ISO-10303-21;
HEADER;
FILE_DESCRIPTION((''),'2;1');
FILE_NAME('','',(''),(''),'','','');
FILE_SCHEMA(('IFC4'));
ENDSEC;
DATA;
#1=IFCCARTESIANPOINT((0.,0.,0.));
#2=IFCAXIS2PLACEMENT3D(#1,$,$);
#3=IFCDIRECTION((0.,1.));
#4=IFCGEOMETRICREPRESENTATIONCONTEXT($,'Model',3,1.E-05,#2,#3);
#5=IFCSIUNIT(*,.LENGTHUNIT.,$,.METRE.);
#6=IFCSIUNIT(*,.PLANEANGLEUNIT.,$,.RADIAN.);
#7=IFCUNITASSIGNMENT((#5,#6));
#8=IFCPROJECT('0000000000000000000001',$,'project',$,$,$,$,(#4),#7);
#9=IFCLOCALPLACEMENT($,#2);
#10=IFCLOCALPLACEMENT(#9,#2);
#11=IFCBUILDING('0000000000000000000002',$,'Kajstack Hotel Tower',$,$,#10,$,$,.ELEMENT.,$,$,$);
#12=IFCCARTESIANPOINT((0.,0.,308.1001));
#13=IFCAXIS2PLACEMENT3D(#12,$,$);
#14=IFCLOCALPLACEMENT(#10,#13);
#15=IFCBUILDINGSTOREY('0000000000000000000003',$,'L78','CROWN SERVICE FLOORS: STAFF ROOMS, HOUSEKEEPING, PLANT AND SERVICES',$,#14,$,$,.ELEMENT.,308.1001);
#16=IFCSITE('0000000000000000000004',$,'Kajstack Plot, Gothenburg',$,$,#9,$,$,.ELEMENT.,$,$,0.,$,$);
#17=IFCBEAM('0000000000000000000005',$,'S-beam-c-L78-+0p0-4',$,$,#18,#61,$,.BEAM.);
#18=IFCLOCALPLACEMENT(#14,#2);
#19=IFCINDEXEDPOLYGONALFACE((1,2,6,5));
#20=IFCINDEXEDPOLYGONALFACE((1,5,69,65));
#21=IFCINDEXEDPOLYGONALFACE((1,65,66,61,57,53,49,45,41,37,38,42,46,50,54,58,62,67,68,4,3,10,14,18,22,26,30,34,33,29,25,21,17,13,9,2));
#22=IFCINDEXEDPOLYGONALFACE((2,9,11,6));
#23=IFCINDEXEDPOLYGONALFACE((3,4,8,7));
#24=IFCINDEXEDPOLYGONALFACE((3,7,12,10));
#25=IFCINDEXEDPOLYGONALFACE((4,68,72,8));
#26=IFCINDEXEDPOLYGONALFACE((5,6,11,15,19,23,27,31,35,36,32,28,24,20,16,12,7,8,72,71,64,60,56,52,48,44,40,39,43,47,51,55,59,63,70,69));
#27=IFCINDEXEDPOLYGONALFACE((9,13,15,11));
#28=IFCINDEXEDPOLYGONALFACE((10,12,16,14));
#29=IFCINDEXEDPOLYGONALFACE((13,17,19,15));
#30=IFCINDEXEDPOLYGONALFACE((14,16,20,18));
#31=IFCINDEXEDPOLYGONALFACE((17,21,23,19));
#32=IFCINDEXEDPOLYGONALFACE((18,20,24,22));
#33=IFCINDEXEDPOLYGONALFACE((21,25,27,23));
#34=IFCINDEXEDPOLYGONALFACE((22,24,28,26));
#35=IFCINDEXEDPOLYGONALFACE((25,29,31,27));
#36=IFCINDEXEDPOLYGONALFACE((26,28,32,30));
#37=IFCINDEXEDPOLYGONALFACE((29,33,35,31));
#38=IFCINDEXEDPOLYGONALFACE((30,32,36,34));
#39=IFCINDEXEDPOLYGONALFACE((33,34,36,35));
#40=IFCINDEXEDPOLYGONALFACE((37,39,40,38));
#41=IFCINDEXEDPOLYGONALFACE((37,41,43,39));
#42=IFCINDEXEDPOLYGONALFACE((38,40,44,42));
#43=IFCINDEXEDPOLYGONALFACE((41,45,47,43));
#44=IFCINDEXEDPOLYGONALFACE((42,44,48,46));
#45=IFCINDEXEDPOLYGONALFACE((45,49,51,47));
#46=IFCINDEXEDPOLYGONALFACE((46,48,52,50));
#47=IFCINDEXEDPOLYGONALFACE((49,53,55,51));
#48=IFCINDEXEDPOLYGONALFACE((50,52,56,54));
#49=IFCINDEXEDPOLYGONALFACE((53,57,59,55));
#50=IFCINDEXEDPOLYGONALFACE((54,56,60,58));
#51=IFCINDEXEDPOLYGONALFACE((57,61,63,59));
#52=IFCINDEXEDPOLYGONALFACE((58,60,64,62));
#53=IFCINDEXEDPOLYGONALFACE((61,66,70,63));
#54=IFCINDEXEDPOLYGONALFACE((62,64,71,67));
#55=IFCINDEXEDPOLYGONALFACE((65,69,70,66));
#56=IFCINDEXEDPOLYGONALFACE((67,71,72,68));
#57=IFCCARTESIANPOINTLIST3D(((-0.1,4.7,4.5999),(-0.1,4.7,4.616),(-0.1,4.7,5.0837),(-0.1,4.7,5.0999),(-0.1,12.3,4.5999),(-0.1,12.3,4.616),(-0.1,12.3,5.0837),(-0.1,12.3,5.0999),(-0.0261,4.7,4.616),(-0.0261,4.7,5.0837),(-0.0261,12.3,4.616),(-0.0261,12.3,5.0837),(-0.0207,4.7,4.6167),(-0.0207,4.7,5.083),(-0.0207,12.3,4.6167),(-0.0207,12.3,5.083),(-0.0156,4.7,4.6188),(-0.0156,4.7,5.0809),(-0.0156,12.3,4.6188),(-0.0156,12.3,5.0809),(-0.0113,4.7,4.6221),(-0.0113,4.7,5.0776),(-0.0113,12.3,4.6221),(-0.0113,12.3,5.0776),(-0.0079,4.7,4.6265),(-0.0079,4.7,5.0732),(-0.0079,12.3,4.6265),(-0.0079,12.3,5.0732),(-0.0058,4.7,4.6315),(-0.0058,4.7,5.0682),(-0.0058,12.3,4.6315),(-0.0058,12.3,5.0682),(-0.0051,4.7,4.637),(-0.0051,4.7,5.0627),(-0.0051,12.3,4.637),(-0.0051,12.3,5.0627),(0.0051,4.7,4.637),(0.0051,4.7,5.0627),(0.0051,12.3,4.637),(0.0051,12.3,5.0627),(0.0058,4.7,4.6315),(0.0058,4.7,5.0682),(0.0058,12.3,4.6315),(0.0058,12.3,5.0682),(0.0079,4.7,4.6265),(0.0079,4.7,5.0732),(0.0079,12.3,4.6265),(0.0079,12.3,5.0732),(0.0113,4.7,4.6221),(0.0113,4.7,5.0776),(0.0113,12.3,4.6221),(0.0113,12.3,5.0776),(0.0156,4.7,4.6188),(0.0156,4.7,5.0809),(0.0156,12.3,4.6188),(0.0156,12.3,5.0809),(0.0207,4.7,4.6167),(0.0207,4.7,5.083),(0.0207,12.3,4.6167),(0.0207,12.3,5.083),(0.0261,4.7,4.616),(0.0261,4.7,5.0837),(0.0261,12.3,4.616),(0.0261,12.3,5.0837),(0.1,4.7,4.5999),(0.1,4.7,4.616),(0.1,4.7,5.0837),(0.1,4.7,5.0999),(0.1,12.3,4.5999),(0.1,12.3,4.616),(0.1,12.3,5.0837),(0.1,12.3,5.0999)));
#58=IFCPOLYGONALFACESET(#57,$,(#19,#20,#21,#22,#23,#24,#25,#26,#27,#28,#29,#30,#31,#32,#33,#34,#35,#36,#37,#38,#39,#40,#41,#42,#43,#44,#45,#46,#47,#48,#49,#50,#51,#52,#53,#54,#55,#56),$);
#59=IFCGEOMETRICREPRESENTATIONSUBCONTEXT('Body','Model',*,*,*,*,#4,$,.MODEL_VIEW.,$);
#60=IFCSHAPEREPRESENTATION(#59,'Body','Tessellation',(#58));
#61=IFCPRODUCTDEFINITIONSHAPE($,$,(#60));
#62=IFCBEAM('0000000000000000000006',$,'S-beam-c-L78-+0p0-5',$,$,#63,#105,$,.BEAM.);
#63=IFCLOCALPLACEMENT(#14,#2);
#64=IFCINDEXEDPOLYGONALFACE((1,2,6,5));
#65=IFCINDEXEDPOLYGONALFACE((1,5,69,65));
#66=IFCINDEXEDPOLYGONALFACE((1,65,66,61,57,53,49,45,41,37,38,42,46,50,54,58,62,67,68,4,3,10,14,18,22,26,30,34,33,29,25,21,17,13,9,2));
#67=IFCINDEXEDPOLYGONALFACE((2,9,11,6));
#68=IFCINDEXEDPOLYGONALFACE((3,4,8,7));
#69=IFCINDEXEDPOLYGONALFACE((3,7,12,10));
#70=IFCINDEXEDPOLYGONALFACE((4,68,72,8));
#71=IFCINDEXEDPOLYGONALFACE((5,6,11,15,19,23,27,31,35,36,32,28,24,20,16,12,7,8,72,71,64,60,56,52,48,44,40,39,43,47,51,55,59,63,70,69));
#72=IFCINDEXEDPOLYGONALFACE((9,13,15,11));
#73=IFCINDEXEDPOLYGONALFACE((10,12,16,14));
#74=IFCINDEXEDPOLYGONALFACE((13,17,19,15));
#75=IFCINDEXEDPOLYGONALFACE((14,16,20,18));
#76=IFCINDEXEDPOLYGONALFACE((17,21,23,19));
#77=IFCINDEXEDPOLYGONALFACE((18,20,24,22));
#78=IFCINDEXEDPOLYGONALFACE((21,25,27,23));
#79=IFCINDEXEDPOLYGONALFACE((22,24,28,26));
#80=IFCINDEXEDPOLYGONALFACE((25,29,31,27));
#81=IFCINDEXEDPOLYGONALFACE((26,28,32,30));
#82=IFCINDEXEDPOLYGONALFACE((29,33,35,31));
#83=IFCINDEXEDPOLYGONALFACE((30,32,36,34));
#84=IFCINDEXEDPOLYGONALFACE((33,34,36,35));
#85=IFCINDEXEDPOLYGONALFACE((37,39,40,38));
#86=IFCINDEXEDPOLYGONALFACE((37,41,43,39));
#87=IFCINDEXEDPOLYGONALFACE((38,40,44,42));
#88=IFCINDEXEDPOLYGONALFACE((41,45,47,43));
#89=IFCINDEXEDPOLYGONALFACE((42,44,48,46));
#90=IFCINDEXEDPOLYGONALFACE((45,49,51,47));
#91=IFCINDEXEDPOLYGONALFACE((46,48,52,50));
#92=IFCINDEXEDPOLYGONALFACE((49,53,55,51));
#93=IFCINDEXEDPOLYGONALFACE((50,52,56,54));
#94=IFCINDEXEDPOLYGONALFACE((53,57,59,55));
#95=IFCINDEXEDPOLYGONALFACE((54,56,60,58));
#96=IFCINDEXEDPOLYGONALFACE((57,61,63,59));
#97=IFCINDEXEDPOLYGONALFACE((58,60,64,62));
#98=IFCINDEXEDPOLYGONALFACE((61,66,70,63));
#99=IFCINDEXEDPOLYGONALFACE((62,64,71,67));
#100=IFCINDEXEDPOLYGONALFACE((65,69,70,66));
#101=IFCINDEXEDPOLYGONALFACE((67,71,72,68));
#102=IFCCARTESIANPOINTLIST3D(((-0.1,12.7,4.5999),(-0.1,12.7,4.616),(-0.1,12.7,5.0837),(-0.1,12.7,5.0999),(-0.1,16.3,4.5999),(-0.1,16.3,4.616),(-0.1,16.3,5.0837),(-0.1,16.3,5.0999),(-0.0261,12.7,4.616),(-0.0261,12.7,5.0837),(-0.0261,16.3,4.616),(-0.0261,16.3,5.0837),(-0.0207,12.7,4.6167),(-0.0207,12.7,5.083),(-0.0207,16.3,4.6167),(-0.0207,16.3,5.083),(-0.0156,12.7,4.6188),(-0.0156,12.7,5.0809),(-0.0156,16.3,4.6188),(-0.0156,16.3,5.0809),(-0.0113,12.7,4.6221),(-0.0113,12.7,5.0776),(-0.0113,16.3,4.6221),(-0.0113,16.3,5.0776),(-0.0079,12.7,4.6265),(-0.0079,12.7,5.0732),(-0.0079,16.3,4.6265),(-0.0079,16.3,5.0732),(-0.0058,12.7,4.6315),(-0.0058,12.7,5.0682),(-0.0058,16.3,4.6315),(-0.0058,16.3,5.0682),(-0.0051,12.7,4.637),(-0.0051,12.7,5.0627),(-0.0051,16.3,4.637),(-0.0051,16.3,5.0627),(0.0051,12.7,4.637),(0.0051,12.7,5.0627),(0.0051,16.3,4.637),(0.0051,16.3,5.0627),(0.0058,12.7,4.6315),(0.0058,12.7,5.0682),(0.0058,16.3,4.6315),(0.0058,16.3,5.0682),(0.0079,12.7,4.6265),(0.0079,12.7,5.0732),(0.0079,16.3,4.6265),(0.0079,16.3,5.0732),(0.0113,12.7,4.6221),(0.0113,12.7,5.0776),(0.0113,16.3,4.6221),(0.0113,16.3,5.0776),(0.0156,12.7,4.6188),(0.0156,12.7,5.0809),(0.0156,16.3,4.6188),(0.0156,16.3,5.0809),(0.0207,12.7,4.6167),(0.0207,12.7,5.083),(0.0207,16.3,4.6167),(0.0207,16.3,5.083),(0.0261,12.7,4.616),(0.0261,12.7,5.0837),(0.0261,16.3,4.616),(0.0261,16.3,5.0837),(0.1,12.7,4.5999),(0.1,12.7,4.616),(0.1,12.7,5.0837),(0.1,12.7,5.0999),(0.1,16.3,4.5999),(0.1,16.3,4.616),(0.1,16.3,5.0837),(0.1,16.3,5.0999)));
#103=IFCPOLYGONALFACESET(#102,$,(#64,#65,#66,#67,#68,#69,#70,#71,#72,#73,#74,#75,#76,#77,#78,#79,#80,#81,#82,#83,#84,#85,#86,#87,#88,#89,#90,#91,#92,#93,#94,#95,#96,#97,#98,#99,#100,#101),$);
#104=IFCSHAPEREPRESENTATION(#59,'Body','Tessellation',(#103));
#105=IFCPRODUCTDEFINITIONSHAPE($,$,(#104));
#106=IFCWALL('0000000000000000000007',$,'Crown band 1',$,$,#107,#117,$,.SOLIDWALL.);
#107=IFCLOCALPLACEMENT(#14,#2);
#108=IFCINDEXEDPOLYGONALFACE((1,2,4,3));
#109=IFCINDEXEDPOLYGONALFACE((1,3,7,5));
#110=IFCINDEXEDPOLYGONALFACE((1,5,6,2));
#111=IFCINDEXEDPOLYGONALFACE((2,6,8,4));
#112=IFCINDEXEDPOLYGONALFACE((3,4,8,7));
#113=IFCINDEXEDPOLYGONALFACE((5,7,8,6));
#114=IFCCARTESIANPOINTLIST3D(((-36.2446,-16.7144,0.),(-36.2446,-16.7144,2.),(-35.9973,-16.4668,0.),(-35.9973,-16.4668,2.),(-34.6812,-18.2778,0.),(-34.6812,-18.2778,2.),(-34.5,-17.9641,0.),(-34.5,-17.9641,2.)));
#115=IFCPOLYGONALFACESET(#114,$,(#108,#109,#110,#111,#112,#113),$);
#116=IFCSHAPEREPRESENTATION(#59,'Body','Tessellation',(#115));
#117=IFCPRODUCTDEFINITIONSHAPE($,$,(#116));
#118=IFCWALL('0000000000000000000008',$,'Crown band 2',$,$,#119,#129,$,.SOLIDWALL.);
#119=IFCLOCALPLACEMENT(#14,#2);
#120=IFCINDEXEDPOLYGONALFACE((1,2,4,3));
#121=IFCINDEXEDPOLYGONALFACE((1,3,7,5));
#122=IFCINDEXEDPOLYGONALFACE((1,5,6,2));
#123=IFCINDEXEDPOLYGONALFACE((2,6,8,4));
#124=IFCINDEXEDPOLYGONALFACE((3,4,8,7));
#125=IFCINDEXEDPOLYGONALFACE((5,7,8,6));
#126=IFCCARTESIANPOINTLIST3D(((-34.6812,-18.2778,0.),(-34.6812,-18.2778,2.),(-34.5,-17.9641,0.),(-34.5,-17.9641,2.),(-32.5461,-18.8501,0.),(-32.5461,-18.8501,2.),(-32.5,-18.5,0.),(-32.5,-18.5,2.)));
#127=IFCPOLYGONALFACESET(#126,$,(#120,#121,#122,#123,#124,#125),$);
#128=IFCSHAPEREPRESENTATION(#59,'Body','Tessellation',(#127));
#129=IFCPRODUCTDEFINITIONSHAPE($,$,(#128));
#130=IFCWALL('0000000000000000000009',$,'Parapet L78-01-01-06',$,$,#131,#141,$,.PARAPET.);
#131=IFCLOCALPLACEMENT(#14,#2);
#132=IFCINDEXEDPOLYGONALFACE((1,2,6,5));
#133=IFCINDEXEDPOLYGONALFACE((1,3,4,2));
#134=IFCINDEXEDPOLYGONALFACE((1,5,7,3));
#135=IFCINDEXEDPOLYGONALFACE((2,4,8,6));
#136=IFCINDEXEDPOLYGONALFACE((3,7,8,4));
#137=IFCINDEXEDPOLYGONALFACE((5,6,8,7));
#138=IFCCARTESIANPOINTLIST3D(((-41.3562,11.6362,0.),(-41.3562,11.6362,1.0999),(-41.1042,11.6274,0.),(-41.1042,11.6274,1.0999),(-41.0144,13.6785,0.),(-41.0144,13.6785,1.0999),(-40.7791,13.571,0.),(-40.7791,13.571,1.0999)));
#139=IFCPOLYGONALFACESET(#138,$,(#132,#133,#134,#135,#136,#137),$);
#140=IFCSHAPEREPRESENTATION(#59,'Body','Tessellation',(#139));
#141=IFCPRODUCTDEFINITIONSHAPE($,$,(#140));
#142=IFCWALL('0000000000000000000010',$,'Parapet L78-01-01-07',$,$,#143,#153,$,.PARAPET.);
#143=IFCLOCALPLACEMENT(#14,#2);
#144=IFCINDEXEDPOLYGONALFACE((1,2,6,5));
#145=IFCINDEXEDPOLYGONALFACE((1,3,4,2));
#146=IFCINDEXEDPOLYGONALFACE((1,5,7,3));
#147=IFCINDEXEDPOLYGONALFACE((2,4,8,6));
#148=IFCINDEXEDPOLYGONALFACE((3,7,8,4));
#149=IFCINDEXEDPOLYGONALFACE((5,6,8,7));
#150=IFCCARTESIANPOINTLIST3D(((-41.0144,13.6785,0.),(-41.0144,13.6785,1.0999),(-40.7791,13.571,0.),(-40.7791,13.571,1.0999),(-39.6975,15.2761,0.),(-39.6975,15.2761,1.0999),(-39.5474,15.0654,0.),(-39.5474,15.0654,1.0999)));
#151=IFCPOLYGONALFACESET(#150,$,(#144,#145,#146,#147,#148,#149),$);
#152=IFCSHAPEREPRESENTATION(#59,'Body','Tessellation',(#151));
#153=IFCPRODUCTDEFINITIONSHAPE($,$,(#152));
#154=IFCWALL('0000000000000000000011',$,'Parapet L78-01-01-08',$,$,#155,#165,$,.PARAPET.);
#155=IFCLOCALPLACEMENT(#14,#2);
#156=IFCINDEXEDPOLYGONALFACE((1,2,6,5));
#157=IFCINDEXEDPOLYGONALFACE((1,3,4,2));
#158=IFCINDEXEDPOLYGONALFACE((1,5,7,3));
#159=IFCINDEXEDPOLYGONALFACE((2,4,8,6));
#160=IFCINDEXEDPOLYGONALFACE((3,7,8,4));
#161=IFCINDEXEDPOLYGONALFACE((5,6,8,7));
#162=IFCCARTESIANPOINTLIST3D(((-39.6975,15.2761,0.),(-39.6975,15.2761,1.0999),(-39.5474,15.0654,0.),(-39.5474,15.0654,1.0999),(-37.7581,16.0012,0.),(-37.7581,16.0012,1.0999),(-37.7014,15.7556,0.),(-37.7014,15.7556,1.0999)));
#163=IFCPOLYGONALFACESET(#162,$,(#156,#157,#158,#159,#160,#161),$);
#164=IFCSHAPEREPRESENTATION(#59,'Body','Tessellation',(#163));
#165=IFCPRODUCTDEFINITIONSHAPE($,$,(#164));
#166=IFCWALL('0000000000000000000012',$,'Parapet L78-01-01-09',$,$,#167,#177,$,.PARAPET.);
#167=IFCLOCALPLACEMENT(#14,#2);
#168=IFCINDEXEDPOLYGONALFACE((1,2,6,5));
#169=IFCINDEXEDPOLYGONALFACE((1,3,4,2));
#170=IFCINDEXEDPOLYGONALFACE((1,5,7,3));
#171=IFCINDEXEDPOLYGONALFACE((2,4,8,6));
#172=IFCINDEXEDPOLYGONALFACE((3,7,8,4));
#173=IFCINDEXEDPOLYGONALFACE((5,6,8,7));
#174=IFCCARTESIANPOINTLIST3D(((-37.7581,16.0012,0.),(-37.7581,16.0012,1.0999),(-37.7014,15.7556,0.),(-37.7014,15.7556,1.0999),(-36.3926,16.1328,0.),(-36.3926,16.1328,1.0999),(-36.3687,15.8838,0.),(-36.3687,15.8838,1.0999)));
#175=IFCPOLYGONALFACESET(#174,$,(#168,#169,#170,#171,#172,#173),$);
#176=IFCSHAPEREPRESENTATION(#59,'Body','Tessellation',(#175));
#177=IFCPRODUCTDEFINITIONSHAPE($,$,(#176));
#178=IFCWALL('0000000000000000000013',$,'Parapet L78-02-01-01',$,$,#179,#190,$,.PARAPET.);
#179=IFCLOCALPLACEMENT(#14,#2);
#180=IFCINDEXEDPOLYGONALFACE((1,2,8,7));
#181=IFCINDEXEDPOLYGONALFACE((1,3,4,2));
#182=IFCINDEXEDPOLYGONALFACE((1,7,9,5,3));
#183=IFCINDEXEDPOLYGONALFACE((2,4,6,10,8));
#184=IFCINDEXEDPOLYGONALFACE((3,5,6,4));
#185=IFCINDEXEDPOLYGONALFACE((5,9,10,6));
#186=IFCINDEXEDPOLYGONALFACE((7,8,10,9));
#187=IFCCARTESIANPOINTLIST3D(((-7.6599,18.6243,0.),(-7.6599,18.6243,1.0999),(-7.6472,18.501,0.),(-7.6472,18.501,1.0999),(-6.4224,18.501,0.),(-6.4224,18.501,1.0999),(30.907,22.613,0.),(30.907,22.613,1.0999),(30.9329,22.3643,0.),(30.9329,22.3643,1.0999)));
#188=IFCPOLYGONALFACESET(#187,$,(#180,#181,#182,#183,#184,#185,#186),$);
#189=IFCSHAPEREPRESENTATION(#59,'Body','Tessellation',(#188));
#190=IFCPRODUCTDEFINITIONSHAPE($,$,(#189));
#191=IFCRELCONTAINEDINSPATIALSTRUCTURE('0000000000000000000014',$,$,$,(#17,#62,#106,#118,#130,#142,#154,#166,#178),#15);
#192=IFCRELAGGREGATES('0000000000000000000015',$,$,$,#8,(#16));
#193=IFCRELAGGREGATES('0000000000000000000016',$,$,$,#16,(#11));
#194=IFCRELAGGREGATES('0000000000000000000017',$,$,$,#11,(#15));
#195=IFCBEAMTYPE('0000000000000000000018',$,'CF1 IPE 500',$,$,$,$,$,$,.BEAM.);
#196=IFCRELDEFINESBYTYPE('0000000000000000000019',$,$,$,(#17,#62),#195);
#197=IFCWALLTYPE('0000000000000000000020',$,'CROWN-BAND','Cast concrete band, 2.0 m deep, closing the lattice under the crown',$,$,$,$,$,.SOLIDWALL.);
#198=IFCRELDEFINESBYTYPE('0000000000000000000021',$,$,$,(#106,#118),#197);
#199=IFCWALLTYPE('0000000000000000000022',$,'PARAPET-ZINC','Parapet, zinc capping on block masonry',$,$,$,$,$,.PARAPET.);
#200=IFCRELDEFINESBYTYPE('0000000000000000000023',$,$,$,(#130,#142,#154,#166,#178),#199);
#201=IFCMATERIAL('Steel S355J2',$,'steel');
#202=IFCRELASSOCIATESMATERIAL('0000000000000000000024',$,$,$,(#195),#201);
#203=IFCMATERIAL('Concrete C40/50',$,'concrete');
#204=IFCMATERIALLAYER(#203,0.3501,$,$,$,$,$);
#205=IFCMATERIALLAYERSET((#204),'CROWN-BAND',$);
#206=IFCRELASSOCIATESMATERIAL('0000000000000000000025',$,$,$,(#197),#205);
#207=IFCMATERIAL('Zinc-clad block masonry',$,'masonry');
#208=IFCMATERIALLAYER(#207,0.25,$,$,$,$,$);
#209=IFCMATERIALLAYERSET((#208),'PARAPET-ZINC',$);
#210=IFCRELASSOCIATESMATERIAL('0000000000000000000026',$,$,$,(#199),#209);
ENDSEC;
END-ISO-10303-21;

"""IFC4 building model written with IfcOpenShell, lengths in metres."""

from ifc_helpers import new_model, si_unit, direction, frame, origin, origin_2d, place, context, subcontext, project, spatial, polyline, i_section, outline, extrude, material, layer, layer_set, material_profile, profile_set, type_object, element, save


model = new_model("IFC4")

# Units and contexts
model_context = context("Model", 3, precision=1e-05, world=origin(), true_north=direction((0.0, 1.0)))
body_context = subcontext(model_context, "Body", "Model", "MODEL_VIEW")
ifc_project = project(units=[si_unit("LENGTHUNIT", "METRE"), si_unit("PLANEANGLEUNIT", "RADIAN")], contexts=[model_context])

# Site, building, storey
site_placement = place(None, origin())
site = spatial("IfcSite", under=ifc_project, at=site_placement, Name="Kajstack Plot, Gothenburg", CompositionType="ELEMENT", RefElevation=0.0)
building_placement = place(site_placement, origin())
building = spatial("IfcBuilding", under=site, at=building_placement, Name="Kajstack Hotel Tower", CompositionType="ELEMENT")
storey_placement = place(building_placement, frame((0.0, 0.0, 308.1001)))
storey = spatial("IfcBuildingStorey", under=building, at=storey_placement, Name="L78", Description="CROWN SERVICE FLOORS: STAFF ROOMS, HOUSEKEEPING, PLANT AND SERVICES", CompositionType="ELEMENT", Elevation=308.1001)

# Shared definitions
ifc_material_1 = material(Name="Steel S355J2", Category="steel")

# Beams
ifc_material_profile_1 = material_profile(ifc_material_1, i_section(OverallWidth=0.2, OverallDepth=0.5, WebThickness=0.0103, FlangeThickness=0.0161, FilletRadius=0.021, at=origin_2d()), Name="IPE 500")
ifc_profile_set_1 = profile_set([ifc_material_profile_1], Name="Steel S355J2")
beam_type = type_object("IfcBeamType", Name="CF1 IPE 500", PredefinedType="BEAM", material=ifc_profile_set_1)
beam_1_placement = place(storey_placement, frame((0.0, 4.7, 4.8499), z_axis=(0.0, 1.0, 0.0), x_axis=(-1.0, 0.0, 0.0)))
element("IfcBeam", 1, at=beam_1_placement, inside=storey, type_object=beam_type, Name="S-beam-c-L78-+0p0-4", PredefinedType="BEAM", context=body_context, shape_type="SweptSolid", body=[
    extrude(i_section(OverallWidth=0.2, OverallDepth=0.5, WebThickness=0.0103, FlangeThickness=0.0161, FilletRadius=0.021, at=origin_2d()), origin(), (0.0, 0.0, 1.0), 7.6001),
])
beam_2_placement = place(storey_placement, frame((0.0, 12.7, 4.8499), z_axis=(0.0, 1.0, 0.0), x_axis=(-1.0, 0.0, 0.0)))
element("IfcBeam", 2, at=beam_2_placement, inside=storey, type_object=beam_type, Name="S-beam-c-L78-+0p0-5", PredefinedType="BEAM", context=body_context, shape_type="SweptSolid", body=[
    extrude(i_section(OverallWidth=0.2, OverallDepth=0.5, WebThickness=0.0103, FlangeThickness=0.0161, FilletRadius=0.021, at=origin_2d()), origin(), (0.0, 0.0, 1.0), 3.6001),
])

# Walls
ifc_material_2 = material(Name="Concrete C40/50", Category="concrete")
ifc_layer_1 = layer(ifc_material_2, 0.3501)
ifc_layer_set_1 = layer_set([ifc_layer_1], Name="CROWN-BAND")
wall_type_1 = type_object("IfcWallType", Name="CROWN-BAND", Description="Cast concrete band, 2.0 m deep, closing the lattice under the crown", PredefinedType="SOLIDWALL", material=ifc_layer_set_1)
wall_1_placement = place(storey_placement, origin())
element("IfcWall", 3, at=wall_1_placement, inside=storey, type_object=wall_type_1, Name="Crown band 1", PredefinedType="SOLIDWALL", context=body_context, shape_type="SweptSolid", body=[
    extrude(outline(polyline([(-35.9973, -16.4668), (-36.2446, -16.7144), (-34.6812, -18.2778), (-34.5, -17.9641), (-35.9973, -16.4668)])), origin(), (0.0, 0.0, 1.0), 2.0),
])
wall_2_placement = place(storey_placement, origin())
element("IfcWall", 4, at=wall_2_placement, inside=storey, type_object=wall_type_1, Name="Crown band 2", PredefinedType="SOLIDWALL", context=body_context, shape_type="SweptSolid", body=[
    extrude(outline(polyline([(-34.5, -17.9641), (-34.6812, -18.2778), (-32.5461, -18.8501), (-32.5, -18.5), (-34.5, -17.9641)])), origin(), (0.0, 0.0, 1.0), 2.0),
])
ifc_material_3 = material(Name="Zinc-clad block masonry", Category="masonry")
ifc_layer_2 = layer(ifc_material_3, 0.25)
ifc_layer_set_2 = layer_set([ifc_layer_2], Name="PARAPET-ZINC")
wall_type_2 = type_object("IfcWallType", Name="PARAPET-ZINC", Description="Parapet, zinc capping on block masonry", PredefinedType="PARAPET", material=ifc_layer_set_2)
wall_3_placement = place(storey_placement, origin())
element("IfcWall", 5, at=wall_3_placement, inside=storey, type_object=wall_type_2, Name="Parapet L78-01-01-06", PredefinedType="PARAPET", context=body_context, shape_type="SweptSolid", body=[
    extrude(outline(polyline([(-41.3562, 11.6362), (-41.1042, 11.6274), (-40.7791, 13.571), (-41.0144, 13.6785), (-41.3562, 11.6362)])), origin(), (0.0, 0.0, 1.0), 1.0999),
])
wall_4_placement = place(storey_placement, origin())
element("IfcWall", 6, at=wall_4_placement, inside=storey, type_object=wall_type_2, Name="Parapet L78-01-01-07", PredefinedType="PARAPET", context=body_context, shape_type="SweptSolid", body=[
    extrude(outline(polyline([(-41.0144, 13.6785), (-40.7791, 13.571), (-39.5474, 15.0654), (-39.6975, 15.2761), (-41.0144, 13.6785)])), origin(), (0.0, 0.0, 1.0), 1.0999),
])
wall_5_placement = place(storey_placement, origin())
element("IfcWall", 7, at=wall_5_placement, inside=storey, type_object=wall_type_2, Name="Parapet L78-01-01-08", PredefinedType="PARAPET", context=body_context, shape_type="SweptSolid", body=[
    extrude(outline(polyline([(-39.6975, 15.2761), (-39.5474, 15.0654), (-37.7014, 15.7556), (-37.7581, 16.0012), (-39.6975, 15.2761)])), origin(), (0.0, 0.0, 1.0), 1.0999),
])
wall_6_placement = place(storey_placement, origin())
element("IfcWall", 8, at=wall_6_placement, inside=storey, type_object=wall_type_2, Name="Parapet L78-01-01-09", PredefinedType="PARAPET", context=body_context, shape_type="SweptSolid", body=[
    extrude(outline(polyline([(-37.7581, 16.0012), (-37.7014, 15.7556), (-36.3687, 15.8838), (-36.3926, 16.1328), (-37.7581, 16.0012)])), origin(), (0.0, 0.0, 1.0), 1.0999),
])
wall_7_placement = place(storey_placement, origin())
element("IfcWall", 9, at=wall_7_placement, inside=storey, type_object=wall_type_2, Name="Parapet L78-02-01-01", PredefinedType="PARAPET", context=body_context, shape_type="SweptSolid", body=[
    extrude(outline(polyline([(-7.6599, 18.6243), (-7.6472, 18.501), (-6.4224, 18.501), (30.9329, 22.3643), (30.907, 22.613), (-7.6599, 18.6243)])), origin(), (0.0, 0.0, 1.0), 1.0999),
])

save(model, "model.ifc")
